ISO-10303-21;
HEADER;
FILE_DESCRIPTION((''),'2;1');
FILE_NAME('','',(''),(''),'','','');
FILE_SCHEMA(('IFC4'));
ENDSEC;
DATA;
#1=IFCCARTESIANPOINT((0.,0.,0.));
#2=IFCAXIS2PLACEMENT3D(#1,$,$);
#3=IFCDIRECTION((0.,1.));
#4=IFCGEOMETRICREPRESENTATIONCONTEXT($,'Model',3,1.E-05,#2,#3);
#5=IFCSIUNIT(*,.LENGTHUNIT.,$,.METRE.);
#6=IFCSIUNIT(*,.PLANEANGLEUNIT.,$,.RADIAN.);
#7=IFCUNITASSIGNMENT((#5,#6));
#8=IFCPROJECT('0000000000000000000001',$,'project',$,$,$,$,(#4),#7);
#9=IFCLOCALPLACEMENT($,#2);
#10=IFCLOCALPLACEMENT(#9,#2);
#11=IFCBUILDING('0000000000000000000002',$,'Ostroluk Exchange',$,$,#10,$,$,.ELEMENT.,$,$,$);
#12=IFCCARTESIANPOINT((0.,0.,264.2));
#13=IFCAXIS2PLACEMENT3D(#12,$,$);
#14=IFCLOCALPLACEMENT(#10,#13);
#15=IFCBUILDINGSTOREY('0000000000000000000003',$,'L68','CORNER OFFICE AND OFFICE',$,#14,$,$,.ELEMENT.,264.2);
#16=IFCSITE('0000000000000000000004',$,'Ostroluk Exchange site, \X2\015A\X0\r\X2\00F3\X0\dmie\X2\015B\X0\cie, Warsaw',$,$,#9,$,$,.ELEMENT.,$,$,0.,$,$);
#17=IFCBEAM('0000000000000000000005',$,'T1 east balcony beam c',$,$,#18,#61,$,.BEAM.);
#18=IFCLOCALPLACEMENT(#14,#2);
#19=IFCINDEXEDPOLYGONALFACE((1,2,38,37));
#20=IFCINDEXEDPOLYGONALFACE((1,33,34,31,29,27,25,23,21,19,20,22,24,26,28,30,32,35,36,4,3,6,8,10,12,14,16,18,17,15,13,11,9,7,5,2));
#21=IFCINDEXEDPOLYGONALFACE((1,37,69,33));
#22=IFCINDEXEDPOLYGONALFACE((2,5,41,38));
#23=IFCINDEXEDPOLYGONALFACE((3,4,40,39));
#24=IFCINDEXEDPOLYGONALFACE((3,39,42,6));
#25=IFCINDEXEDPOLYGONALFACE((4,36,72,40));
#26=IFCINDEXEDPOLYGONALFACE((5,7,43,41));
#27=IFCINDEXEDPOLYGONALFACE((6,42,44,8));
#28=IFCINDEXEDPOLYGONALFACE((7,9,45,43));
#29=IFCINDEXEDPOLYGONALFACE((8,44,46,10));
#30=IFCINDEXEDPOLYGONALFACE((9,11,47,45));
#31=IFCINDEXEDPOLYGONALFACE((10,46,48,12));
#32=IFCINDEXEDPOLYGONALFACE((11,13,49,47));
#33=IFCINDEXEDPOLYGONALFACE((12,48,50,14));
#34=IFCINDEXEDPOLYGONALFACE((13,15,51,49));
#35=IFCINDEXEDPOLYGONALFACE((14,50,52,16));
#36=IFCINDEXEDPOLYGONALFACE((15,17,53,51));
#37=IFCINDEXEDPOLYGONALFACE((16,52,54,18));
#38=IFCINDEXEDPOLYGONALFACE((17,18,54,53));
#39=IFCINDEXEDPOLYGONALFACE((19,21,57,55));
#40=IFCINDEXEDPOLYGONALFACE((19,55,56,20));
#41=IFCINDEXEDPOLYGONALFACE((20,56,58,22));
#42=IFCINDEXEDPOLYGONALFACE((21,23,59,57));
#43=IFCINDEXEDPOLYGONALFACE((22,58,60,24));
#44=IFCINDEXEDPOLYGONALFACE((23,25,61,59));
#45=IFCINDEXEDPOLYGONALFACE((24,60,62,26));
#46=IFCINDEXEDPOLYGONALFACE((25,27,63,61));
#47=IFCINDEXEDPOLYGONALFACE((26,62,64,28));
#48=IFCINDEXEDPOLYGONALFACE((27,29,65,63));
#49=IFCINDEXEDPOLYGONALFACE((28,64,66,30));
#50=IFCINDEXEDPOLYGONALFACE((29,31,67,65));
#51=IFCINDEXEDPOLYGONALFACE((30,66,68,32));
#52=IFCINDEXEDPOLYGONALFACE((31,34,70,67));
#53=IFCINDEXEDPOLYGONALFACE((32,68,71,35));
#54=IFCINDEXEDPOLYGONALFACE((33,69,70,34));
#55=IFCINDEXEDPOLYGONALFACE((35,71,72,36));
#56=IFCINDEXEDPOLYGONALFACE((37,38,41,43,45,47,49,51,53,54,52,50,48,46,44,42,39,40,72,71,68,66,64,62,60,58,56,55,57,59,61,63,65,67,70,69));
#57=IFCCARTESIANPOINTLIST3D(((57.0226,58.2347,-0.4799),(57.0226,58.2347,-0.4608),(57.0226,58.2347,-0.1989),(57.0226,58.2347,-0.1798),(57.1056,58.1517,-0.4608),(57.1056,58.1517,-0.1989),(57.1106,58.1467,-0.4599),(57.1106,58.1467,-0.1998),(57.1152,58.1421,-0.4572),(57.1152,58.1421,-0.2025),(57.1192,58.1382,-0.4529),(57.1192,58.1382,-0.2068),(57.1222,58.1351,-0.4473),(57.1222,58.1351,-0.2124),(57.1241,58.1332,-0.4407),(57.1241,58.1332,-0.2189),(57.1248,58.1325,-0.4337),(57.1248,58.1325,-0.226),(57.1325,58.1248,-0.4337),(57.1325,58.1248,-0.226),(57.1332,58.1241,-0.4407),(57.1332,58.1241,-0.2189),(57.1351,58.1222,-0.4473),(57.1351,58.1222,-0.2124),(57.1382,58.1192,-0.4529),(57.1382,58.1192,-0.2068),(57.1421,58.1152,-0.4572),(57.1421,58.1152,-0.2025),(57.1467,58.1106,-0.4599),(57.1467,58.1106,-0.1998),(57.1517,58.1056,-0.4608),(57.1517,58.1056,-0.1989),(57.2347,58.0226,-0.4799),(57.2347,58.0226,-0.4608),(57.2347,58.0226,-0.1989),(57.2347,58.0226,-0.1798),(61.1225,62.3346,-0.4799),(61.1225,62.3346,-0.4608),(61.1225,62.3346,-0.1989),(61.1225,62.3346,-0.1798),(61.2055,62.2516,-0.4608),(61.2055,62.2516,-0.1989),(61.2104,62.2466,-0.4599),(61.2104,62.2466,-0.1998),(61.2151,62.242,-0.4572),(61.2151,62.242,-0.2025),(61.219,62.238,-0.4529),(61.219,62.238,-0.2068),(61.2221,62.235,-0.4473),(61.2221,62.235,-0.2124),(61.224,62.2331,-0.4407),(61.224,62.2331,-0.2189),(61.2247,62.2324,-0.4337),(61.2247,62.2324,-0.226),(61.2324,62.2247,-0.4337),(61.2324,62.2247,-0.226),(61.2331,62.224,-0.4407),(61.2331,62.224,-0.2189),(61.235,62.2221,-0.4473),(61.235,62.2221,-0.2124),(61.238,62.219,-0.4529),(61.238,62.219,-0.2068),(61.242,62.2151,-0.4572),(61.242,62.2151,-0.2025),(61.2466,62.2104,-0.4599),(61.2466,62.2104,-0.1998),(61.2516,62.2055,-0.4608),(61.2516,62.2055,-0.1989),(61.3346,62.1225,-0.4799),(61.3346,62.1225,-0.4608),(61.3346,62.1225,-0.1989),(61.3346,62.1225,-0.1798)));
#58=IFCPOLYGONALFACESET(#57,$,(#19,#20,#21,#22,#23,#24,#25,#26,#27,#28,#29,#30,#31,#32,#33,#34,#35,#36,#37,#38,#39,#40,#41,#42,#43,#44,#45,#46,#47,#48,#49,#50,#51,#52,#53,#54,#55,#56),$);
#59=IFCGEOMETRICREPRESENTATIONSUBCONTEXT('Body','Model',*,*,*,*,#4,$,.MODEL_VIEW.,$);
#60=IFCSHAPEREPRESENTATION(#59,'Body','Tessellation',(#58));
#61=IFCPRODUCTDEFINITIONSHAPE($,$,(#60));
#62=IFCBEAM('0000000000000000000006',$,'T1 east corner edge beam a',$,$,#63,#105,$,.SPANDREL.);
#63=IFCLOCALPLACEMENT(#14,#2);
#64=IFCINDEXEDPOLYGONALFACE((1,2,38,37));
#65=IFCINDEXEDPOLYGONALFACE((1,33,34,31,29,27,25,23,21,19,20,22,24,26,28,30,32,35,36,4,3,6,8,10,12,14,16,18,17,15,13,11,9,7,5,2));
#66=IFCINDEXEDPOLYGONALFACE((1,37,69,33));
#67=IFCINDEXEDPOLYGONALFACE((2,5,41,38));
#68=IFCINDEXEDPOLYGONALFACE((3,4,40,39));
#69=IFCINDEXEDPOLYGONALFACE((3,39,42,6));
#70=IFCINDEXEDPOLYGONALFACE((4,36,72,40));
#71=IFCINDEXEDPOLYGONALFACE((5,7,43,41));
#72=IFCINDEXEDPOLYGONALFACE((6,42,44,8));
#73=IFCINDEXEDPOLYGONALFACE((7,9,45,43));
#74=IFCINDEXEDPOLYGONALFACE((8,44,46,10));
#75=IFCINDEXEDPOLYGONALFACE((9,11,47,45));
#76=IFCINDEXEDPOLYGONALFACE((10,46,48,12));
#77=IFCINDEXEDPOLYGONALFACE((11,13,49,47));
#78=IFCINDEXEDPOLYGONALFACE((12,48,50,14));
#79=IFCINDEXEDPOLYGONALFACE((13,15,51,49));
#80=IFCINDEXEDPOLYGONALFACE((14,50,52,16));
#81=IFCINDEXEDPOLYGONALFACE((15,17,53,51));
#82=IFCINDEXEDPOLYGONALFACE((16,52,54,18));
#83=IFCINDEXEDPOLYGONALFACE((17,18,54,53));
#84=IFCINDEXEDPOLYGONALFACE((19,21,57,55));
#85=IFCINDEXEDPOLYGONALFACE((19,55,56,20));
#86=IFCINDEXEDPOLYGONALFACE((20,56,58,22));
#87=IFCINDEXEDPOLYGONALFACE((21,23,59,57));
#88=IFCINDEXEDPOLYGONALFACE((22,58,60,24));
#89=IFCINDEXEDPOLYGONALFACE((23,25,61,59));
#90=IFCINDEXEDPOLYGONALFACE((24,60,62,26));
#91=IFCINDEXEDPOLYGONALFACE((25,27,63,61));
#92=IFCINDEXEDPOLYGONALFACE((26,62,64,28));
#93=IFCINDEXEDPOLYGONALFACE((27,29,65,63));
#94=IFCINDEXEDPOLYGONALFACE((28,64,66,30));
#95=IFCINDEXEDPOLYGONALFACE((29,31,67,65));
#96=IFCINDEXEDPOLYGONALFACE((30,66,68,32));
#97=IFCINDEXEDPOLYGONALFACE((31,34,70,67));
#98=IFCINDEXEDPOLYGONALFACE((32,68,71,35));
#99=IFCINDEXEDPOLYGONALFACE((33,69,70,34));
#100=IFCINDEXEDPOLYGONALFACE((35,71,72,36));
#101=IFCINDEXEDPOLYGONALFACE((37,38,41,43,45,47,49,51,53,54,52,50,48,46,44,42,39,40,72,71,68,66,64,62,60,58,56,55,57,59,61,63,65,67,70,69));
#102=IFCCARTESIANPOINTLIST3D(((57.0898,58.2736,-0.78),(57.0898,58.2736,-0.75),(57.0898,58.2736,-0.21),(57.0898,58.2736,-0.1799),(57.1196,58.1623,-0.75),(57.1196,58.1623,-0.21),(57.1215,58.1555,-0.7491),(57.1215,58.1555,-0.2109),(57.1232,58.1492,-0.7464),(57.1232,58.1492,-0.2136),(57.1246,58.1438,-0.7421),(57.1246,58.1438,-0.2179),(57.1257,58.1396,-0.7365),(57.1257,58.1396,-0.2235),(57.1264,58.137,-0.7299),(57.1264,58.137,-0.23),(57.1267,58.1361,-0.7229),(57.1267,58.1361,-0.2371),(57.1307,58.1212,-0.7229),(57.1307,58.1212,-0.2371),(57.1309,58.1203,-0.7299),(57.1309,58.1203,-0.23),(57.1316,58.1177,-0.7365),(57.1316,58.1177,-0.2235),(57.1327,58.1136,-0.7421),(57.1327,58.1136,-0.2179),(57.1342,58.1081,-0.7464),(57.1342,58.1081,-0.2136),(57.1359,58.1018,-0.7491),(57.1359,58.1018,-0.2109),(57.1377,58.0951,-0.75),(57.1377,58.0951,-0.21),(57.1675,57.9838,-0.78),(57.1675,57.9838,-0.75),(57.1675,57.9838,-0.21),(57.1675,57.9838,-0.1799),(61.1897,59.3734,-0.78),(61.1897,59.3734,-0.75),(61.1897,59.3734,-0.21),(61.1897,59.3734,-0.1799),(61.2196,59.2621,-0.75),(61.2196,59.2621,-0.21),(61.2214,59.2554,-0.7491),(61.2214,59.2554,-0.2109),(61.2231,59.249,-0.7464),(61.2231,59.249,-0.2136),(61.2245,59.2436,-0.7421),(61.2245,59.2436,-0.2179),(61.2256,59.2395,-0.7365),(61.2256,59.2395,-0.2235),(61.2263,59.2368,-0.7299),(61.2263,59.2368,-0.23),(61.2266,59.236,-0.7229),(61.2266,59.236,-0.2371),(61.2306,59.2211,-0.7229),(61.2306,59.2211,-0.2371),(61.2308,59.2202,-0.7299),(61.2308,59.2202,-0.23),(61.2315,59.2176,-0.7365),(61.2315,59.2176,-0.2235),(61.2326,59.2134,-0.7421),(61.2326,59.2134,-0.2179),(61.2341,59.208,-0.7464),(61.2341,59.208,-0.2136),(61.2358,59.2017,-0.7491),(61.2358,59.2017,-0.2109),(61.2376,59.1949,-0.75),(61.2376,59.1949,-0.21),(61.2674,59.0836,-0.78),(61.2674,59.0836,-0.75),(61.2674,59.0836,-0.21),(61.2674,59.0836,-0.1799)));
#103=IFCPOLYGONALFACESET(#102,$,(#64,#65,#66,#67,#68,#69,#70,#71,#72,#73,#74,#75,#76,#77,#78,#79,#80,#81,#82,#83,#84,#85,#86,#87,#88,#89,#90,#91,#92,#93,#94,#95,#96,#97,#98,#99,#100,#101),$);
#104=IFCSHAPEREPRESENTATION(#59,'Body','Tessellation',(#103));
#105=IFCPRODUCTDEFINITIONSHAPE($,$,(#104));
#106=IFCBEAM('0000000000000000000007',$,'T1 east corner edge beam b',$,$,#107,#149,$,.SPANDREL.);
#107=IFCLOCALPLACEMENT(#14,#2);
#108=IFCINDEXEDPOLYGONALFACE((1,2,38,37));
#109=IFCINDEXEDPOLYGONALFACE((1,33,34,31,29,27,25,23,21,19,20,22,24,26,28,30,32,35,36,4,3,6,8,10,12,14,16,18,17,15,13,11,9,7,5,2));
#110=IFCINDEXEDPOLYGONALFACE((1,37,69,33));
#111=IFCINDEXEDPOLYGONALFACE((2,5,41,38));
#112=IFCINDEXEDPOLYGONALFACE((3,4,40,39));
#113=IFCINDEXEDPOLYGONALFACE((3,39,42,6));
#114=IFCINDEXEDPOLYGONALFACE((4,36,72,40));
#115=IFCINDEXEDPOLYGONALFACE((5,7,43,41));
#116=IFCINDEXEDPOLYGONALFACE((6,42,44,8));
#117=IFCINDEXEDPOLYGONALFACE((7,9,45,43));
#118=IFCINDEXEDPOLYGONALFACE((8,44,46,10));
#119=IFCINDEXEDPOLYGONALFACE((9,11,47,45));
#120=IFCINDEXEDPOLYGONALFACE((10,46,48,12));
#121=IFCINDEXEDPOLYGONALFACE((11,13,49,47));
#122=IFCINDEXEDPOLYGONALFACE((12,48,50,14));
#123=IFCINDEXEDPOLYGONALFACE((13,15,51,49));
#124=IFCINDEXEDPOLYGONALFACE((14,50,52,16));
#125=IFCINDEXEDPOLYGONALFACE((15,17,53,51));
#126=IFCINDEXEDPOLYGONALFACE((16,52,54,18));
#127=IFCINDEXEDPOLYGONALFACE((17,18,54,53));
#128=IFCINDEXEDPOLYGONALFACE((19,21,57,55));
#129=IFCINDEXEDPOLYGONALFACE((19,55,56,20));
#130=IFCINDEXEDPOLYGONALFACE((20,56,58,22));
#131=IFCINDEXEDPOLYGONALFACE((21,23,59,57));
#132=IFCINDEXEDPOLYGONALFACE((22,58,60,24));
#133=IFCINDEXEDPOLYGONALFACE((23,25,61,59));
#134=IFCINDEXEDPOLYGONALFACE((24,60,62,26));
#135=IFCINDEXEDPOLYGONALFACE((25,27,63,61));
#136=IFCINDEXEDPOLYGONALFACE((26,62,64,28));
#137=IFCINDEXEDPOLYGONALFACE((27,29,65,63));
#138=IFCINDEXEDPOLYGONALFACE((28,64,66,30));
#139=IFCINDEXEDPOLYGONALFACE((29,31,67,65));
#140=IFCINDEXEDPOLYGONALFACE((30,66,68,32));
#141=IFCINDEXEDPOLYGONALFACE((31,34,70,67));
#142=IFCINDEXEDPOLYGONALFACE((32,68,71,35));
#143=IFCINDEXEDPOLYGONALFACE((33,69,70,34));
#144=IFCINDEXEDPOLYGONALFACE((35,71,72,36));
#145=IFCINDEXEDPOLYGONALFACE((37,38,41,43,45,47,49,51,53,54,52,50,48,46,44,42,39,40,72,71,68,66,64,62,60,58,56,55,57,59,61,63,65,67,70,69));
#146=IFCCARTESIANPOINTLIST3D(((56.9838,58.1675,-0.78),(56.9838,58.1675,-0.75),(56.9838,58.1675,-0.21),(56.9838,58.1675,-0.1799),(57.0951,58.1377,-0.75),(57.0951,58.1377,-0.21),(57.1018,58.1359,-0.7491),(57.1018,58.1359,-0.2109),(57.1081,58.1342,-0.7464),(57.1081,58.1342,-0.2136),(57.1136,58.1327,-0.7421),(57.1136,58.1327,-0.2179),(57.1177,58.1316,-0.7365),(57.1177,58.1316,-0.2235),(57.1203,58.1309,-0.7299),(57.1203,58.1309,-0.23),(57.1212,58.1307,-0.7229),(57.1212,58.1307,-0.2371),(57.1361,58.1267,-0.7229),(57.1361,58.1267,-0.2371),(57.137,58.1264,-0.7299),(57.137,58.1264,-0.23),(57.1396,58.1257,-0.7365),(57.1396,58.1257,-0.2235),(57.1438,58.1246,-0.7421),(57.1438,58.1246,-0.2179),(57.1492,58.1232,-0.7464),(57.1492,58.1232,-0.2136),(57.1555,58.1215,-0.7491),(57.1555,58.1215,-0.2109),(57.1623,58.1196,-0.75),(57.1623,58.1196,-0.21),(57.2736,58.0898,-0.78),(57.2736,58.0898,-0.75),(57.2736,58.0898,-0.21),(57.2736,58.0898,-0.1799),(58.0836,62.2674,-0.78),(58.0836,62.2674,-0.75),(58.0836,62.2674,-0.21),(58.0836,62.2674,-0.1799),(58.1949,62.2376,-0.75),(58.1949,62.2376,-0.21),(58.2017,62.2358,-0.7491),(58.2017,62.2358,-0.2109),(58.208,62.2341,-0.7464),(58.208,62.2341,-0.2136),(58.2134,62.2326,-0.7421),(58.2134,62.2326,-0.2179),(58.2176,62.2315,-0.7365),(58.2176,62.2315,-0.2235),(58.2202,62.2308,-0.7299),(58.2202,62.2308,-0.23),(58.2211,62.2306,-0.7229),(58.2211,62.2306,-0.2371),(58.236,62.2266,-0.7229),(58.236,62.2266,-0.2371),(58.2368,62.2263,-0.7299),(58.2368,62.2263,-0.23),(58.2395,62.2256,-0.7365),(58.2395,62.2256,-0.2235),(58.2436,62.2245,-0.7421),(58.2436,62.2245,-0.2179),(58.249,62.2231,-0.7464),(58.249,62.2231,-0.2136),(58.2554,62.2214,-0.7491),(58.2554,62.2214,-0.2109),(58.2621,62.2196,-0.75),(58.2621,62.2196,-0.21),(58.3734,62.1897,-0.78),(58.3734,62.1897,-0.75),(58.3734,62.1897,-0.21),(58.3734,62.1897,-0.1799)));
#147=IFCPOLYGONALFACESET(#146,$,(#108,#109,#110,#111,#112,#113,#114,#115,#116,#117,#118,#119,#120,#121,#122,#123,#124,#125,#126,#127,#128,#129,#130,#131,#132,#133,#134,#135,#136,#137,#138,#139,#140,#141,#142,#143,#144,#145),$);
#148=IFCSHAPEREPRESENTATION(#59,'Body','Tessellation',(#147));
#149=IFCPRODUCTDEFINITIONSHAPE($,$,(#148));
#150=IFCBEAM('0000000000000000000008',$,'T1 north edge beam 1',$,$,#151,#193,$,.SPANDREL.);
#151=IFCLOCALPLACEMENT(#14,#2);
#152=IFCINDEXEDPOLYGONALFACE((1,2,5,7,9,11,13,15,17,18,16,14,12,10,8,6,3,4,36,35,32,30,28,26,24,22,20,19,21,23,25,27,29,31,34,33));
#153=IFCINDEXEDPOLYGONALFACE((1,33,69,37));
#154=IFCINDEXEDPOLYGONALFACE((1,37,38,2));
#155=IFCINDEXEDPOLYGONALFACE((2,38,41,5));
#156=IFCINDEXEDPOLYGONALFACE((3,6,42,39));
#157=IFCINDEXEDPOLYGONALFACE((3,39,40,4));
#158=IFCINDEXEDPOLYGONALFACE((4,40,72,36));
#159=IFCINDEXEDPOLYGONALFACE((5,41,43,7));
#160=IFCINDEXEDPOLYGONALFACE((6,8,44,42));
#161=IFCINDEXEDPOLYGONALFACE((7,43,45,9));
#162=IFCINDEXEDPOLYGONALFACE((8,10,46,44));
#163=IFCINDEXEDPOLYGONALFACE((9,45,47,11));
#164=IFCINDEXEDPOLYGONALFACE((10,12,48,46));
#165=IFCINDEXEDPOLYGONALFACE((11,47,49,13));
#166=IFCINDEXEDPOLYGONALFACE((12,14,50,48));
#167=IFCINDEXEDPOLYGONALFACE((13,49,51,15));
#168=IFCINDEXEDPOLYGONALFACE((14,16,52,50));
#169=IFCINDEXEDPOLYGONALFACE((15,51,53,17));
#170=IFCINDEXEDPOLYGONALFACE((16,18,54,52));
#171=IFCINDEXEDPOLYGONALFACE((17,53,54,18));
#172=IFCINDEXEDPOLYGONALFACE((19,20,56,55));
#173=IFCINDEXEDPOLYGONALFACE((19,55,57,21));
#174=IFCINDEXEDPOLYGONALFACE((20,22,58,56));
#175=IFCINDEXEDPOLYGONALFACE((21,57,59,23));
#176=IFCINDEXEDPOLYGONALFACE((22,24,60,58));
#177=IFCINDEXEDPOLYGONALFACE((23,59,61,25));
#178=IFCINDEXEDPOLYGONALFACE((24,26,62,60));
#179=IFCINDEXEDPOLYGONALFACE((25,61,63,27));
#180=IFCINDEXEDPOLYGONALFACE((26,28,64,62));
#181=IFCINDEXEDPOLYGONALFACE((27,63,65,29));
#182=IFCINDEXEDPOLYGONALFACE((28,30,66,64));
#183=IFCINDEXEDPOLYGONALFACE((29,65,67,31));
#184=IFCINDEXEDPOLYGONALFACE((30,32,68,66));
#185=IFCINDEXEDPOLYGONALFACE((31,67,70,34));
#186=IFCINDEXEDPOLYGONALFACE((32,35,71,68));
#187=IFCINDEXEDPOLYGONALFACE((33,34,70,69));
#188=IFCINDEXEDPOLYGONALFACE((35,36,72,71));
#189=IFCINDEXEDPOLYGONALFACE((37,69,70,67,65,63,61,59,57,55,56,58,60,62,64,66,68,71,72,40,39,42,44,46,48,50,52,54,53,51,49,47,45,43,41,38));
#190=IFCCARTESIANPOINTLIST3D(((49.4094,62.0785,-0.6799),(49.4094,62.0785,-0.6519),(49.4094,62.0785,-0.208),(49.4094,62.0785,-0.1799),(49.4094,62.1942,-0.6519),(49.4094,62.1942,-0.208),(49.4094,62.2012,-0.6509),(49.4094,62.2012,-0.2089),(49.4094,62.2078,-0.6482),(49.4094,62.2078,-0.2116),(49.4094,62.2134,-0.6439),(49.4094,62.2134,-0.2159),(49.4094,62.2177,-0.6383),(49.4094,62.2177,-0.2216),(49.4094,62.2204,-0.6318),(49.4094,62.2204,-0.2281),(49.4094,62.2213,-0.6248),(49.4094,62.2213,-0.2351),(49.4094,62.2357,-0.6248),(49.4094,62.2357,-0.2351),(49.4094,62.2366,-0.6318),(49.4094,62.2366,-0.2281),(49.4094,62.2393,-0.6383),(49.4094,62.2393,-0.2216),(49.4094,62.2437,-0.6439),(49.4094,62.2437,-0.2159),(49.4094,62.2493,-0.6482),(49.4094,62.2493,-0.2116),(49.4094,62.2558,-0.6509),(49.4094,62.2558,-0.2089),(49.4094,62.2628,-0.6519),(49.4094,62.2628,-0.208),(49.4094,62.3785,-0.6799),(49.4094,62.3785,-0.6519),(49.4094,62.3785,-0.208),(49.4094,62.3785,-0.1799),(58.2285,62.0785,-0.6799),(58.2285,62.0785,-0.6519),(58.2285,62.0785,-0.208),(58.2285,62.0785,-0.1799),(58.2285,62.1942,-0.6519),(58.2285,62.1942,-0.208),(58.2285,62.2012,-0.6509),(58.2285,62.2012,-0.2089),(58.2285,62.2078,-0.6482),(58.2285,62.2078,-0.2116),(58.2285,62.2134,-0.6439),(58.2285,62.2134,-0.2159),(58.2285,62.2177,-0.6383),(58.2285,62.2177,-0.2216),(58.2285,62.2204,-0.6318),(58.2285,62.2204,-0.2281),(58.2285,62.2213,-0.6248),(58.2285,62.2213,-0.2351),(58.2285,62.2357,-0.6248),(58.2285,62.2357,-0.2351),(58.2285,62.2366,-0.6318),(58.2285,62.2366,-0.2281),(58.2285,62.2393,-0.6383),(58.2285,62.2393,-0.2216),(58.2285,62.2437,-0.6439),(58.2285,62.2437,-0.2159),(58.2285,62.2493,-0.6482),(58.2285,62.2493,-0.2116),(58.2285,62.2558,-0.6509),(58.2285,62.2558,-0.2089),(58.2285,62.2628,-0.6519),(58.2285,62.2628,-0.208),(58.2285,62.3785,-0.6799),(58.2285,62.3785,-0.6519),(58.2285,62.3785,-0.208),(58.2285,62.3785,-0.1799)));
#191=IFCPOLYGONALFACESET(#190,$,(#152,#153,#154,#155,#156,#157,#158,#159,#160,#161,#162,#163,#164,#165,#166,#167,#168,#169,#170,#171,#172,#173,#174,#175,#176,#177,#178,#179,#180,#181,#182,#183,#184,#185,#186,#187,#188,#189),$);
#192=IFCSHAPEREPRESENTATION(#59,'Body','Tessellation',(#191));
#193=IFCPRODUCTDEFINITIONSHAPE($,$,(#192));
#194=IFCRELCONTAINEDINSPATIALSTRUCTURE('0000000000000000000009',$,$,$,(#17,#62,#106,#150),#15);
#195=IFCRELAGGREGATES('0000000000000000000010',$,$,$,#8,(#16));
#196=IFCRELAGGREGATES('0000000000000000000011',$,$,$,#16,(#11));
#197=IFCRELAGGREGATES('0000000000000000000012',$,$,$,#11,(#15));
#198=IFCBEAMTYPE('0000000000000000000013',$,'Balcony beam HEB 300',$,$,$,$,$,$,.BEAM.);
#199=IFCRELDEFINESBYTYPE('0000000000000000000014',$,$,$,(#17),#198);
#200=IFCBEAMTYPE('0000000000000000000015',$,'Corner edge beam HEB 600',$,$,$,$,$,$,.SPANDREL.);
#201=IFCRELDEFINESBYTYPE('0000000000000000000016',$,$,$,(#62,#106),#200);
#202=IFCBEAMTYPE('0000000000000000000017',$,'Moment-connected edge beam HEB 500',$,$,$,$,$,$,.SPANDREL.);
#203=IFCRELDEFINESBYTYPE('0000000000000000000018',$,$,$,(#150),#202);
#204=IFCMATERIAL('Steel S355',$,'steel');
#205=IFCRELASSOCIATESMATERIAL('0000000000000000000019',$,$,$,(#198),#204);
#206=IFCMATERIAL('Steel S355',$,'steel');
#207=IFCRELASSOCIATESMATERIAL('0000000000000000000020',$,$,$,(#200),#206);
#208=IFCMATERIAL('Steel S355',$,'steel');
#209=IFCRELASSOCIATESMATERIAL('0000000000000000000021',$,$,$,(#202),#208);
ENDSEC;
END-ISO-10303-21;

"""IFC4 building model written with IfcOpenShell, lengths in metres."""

from ifc_helpers import new_model, si_unit, direction, frame, origin, origin_2d, place, context, subcontext, project, spatial, i_section, extrude, material, material_profile, profile_set, type_object, element, save


model = new_model("IFC4")

# Units and contexts
model_context = context("Model", 3, precision=1e-05, world=origin(), true_north=direction((0.0, 1.0)))
body_context = subcontext(model_context, "Body", "Model", "MODEL_VIEW")
ifc_project = project(units=[si_unit("LENGTHUNIT", "METRE"), si_unit("PLANEANGLEUNIT", "RADIAN")], contexts=[model_context])

# Site, building, storey
site_placement = place(None, origin())
site = spatial("IfcSite", under=ifc_project, at=site_placement, Name="Ostroluk Exchange site, Śródmieście, Warsaw", CompositionType="ELEMENT", RefElevation=0.0)
building_placement = place(site_placement, origin())
building = spatial("IfcBuilding", under=site, at=building_placement, Name="Ostroluk Exchange", CompositionType="ELEMENT")
storey_placement = place(building_placement, frame((0.0, 0.0, 264.2)))
storey = spatial("IfcBuildingStorey", under=building, at=storey_placement, Name="L68", Description="CORNER OFFICE AND OFFICE", CompositionType="ELEMENT", Elevation=264.2)

# Beams
ifc_material_1 = material(Name="Steel S355", Category="steel")
ifc_material_profile_1 = material_profile(ifc_material_1, i_section(OverallWidth=0.3, OverallDepth=0.3, WebThickness=0.011, FlangeThickness=0.019, FilletRadius=0.0271, at=origin_2d()), Name="HEB 300")
ifc_profile_set_1 = profile_set([ifc_material_profile_1], Name="Steel S355")
beam_type_1 = type_object("IfcBeamType", Name="Balcony beam HEB 300", PredefinedType="BEAM", material=ifc_profile_set_1)
beam_1_placement = place(storey_placement, frame((57.1287, 58.1287, -0.3298), z_axis=(0.707107, 0.707107, 0.0), x_axis=(-0.707107, 0.707107, 0.0)))
element("IfcBeam", 1, at=beam_1_placement, inside=storey, type_object=beam_type_1, Name="T1 east balcony beam c", PredefinedType="BEAM", context=body_context, shape_type="SweptSolid", body=[
    extrude(i_section(OverallWidth=0.3, OverallDepth=0.3, WebThickness=0.011, FlangeThickness=0.019, FilletRadius=0.0271, at=origin_2d()), origin(), (0.0, 0.0, 1.0), 5.7981),
])
ifc_material_2 = material(Name="Steel S355", Category="steel")
ifc_material_profile_2 = material_profile(ifc_material_2, i_section(OverallWidth=0.3, OverallDepth=0.6001, WebThickness=0.0154, FlangeThickness=0.03, FilletRadius=0.0271, at=origin_2d()), Name="HEB 600")
ifc_profile_set_2 = profile_set([ifc_material_profile_2], Name="Steel S355")
beam_type_2 = type_object("IfcBeamType", Name="Corner edge beam HEB 600", PredefinedType="SPANDREL", material=ifc_profile_set_2)
for number, where, z_axis, x_axis, name in (
    (2, (57.1287, 58.1287, -0.48), (0.965849, 0.259105, 0.0), (-0.259105, 0.965849, 0.0), "T1 east corner edge beam a"),
    (3, (57.1287, 58.1287, -0.48), (0.259105, 0.965849, 0.0), (-0.965849, 0.259105, 0.0), "T1 east corner edge beam b"),
):
    element("IfcBeam", number, at=place(storey_placement, frame(where, z_axis=z_axis, x_axis=x_axis)), inside=storey, type_object=beam_type_2, Name=name, PredefinedType="SPANDREL", context=body_context, shape_type="SweptSolid", body=[
        extrude(i_section(OverallWidth=0.3, OverallDepth=0.6001, WebThickness=0.0154, FlangeThickness=0.03, FilletRadius=0.0271, at=origin_2d()), origin(), (0.0, 0.0, 1.0), 4.2449),
    ])
ifc_material_3 = material(Name="Steel S355", Category="steel")
ifc_material_profile_3 = material_profile(ifc_material_3, i_section(OverallWidth=0.3, OverallDepth=0.5, WebThickness=0.0144, FlangeThickness=0.0281, FilletRadius=0.0271, at=origin_2d()), Name="HEB 500")
ifc_profile_set_3 = profile_set([ifc_material_profile_3], Name="Steel S355")
beam_type_3 = type_object("IfcBeamType", Name="Moment-connected edge beam HEB 500", PredefinedType="SPANDREL", material=ifc_profile_set_3)
beam_2_placement = place(storey_placement, frame((58.2285, 62.2285, -0.4299), z_axis=(-1.0, 0.0, 0.0), x_axis=(0.0, -1.0, 0.0)))
element("IfcBeam", 4, at=beam_2_placement, inside=storey, type_object=beam_type_3, Name="T1 north edge beam 1", PredefinedType="SPANDREL", context=body_context, shape_type="SweptSolid", body=[
    extrude(i_section(OverallWidth=0.3, OverallDepth=0.5, WebThickness=0.0144, FlangeThickness=0.0281, FilletRadius=0.0271, at=origin_2d()), origin(), (0.0, 0.0, 1.0), 8.8191),
])

save(model, "model.ifc")
